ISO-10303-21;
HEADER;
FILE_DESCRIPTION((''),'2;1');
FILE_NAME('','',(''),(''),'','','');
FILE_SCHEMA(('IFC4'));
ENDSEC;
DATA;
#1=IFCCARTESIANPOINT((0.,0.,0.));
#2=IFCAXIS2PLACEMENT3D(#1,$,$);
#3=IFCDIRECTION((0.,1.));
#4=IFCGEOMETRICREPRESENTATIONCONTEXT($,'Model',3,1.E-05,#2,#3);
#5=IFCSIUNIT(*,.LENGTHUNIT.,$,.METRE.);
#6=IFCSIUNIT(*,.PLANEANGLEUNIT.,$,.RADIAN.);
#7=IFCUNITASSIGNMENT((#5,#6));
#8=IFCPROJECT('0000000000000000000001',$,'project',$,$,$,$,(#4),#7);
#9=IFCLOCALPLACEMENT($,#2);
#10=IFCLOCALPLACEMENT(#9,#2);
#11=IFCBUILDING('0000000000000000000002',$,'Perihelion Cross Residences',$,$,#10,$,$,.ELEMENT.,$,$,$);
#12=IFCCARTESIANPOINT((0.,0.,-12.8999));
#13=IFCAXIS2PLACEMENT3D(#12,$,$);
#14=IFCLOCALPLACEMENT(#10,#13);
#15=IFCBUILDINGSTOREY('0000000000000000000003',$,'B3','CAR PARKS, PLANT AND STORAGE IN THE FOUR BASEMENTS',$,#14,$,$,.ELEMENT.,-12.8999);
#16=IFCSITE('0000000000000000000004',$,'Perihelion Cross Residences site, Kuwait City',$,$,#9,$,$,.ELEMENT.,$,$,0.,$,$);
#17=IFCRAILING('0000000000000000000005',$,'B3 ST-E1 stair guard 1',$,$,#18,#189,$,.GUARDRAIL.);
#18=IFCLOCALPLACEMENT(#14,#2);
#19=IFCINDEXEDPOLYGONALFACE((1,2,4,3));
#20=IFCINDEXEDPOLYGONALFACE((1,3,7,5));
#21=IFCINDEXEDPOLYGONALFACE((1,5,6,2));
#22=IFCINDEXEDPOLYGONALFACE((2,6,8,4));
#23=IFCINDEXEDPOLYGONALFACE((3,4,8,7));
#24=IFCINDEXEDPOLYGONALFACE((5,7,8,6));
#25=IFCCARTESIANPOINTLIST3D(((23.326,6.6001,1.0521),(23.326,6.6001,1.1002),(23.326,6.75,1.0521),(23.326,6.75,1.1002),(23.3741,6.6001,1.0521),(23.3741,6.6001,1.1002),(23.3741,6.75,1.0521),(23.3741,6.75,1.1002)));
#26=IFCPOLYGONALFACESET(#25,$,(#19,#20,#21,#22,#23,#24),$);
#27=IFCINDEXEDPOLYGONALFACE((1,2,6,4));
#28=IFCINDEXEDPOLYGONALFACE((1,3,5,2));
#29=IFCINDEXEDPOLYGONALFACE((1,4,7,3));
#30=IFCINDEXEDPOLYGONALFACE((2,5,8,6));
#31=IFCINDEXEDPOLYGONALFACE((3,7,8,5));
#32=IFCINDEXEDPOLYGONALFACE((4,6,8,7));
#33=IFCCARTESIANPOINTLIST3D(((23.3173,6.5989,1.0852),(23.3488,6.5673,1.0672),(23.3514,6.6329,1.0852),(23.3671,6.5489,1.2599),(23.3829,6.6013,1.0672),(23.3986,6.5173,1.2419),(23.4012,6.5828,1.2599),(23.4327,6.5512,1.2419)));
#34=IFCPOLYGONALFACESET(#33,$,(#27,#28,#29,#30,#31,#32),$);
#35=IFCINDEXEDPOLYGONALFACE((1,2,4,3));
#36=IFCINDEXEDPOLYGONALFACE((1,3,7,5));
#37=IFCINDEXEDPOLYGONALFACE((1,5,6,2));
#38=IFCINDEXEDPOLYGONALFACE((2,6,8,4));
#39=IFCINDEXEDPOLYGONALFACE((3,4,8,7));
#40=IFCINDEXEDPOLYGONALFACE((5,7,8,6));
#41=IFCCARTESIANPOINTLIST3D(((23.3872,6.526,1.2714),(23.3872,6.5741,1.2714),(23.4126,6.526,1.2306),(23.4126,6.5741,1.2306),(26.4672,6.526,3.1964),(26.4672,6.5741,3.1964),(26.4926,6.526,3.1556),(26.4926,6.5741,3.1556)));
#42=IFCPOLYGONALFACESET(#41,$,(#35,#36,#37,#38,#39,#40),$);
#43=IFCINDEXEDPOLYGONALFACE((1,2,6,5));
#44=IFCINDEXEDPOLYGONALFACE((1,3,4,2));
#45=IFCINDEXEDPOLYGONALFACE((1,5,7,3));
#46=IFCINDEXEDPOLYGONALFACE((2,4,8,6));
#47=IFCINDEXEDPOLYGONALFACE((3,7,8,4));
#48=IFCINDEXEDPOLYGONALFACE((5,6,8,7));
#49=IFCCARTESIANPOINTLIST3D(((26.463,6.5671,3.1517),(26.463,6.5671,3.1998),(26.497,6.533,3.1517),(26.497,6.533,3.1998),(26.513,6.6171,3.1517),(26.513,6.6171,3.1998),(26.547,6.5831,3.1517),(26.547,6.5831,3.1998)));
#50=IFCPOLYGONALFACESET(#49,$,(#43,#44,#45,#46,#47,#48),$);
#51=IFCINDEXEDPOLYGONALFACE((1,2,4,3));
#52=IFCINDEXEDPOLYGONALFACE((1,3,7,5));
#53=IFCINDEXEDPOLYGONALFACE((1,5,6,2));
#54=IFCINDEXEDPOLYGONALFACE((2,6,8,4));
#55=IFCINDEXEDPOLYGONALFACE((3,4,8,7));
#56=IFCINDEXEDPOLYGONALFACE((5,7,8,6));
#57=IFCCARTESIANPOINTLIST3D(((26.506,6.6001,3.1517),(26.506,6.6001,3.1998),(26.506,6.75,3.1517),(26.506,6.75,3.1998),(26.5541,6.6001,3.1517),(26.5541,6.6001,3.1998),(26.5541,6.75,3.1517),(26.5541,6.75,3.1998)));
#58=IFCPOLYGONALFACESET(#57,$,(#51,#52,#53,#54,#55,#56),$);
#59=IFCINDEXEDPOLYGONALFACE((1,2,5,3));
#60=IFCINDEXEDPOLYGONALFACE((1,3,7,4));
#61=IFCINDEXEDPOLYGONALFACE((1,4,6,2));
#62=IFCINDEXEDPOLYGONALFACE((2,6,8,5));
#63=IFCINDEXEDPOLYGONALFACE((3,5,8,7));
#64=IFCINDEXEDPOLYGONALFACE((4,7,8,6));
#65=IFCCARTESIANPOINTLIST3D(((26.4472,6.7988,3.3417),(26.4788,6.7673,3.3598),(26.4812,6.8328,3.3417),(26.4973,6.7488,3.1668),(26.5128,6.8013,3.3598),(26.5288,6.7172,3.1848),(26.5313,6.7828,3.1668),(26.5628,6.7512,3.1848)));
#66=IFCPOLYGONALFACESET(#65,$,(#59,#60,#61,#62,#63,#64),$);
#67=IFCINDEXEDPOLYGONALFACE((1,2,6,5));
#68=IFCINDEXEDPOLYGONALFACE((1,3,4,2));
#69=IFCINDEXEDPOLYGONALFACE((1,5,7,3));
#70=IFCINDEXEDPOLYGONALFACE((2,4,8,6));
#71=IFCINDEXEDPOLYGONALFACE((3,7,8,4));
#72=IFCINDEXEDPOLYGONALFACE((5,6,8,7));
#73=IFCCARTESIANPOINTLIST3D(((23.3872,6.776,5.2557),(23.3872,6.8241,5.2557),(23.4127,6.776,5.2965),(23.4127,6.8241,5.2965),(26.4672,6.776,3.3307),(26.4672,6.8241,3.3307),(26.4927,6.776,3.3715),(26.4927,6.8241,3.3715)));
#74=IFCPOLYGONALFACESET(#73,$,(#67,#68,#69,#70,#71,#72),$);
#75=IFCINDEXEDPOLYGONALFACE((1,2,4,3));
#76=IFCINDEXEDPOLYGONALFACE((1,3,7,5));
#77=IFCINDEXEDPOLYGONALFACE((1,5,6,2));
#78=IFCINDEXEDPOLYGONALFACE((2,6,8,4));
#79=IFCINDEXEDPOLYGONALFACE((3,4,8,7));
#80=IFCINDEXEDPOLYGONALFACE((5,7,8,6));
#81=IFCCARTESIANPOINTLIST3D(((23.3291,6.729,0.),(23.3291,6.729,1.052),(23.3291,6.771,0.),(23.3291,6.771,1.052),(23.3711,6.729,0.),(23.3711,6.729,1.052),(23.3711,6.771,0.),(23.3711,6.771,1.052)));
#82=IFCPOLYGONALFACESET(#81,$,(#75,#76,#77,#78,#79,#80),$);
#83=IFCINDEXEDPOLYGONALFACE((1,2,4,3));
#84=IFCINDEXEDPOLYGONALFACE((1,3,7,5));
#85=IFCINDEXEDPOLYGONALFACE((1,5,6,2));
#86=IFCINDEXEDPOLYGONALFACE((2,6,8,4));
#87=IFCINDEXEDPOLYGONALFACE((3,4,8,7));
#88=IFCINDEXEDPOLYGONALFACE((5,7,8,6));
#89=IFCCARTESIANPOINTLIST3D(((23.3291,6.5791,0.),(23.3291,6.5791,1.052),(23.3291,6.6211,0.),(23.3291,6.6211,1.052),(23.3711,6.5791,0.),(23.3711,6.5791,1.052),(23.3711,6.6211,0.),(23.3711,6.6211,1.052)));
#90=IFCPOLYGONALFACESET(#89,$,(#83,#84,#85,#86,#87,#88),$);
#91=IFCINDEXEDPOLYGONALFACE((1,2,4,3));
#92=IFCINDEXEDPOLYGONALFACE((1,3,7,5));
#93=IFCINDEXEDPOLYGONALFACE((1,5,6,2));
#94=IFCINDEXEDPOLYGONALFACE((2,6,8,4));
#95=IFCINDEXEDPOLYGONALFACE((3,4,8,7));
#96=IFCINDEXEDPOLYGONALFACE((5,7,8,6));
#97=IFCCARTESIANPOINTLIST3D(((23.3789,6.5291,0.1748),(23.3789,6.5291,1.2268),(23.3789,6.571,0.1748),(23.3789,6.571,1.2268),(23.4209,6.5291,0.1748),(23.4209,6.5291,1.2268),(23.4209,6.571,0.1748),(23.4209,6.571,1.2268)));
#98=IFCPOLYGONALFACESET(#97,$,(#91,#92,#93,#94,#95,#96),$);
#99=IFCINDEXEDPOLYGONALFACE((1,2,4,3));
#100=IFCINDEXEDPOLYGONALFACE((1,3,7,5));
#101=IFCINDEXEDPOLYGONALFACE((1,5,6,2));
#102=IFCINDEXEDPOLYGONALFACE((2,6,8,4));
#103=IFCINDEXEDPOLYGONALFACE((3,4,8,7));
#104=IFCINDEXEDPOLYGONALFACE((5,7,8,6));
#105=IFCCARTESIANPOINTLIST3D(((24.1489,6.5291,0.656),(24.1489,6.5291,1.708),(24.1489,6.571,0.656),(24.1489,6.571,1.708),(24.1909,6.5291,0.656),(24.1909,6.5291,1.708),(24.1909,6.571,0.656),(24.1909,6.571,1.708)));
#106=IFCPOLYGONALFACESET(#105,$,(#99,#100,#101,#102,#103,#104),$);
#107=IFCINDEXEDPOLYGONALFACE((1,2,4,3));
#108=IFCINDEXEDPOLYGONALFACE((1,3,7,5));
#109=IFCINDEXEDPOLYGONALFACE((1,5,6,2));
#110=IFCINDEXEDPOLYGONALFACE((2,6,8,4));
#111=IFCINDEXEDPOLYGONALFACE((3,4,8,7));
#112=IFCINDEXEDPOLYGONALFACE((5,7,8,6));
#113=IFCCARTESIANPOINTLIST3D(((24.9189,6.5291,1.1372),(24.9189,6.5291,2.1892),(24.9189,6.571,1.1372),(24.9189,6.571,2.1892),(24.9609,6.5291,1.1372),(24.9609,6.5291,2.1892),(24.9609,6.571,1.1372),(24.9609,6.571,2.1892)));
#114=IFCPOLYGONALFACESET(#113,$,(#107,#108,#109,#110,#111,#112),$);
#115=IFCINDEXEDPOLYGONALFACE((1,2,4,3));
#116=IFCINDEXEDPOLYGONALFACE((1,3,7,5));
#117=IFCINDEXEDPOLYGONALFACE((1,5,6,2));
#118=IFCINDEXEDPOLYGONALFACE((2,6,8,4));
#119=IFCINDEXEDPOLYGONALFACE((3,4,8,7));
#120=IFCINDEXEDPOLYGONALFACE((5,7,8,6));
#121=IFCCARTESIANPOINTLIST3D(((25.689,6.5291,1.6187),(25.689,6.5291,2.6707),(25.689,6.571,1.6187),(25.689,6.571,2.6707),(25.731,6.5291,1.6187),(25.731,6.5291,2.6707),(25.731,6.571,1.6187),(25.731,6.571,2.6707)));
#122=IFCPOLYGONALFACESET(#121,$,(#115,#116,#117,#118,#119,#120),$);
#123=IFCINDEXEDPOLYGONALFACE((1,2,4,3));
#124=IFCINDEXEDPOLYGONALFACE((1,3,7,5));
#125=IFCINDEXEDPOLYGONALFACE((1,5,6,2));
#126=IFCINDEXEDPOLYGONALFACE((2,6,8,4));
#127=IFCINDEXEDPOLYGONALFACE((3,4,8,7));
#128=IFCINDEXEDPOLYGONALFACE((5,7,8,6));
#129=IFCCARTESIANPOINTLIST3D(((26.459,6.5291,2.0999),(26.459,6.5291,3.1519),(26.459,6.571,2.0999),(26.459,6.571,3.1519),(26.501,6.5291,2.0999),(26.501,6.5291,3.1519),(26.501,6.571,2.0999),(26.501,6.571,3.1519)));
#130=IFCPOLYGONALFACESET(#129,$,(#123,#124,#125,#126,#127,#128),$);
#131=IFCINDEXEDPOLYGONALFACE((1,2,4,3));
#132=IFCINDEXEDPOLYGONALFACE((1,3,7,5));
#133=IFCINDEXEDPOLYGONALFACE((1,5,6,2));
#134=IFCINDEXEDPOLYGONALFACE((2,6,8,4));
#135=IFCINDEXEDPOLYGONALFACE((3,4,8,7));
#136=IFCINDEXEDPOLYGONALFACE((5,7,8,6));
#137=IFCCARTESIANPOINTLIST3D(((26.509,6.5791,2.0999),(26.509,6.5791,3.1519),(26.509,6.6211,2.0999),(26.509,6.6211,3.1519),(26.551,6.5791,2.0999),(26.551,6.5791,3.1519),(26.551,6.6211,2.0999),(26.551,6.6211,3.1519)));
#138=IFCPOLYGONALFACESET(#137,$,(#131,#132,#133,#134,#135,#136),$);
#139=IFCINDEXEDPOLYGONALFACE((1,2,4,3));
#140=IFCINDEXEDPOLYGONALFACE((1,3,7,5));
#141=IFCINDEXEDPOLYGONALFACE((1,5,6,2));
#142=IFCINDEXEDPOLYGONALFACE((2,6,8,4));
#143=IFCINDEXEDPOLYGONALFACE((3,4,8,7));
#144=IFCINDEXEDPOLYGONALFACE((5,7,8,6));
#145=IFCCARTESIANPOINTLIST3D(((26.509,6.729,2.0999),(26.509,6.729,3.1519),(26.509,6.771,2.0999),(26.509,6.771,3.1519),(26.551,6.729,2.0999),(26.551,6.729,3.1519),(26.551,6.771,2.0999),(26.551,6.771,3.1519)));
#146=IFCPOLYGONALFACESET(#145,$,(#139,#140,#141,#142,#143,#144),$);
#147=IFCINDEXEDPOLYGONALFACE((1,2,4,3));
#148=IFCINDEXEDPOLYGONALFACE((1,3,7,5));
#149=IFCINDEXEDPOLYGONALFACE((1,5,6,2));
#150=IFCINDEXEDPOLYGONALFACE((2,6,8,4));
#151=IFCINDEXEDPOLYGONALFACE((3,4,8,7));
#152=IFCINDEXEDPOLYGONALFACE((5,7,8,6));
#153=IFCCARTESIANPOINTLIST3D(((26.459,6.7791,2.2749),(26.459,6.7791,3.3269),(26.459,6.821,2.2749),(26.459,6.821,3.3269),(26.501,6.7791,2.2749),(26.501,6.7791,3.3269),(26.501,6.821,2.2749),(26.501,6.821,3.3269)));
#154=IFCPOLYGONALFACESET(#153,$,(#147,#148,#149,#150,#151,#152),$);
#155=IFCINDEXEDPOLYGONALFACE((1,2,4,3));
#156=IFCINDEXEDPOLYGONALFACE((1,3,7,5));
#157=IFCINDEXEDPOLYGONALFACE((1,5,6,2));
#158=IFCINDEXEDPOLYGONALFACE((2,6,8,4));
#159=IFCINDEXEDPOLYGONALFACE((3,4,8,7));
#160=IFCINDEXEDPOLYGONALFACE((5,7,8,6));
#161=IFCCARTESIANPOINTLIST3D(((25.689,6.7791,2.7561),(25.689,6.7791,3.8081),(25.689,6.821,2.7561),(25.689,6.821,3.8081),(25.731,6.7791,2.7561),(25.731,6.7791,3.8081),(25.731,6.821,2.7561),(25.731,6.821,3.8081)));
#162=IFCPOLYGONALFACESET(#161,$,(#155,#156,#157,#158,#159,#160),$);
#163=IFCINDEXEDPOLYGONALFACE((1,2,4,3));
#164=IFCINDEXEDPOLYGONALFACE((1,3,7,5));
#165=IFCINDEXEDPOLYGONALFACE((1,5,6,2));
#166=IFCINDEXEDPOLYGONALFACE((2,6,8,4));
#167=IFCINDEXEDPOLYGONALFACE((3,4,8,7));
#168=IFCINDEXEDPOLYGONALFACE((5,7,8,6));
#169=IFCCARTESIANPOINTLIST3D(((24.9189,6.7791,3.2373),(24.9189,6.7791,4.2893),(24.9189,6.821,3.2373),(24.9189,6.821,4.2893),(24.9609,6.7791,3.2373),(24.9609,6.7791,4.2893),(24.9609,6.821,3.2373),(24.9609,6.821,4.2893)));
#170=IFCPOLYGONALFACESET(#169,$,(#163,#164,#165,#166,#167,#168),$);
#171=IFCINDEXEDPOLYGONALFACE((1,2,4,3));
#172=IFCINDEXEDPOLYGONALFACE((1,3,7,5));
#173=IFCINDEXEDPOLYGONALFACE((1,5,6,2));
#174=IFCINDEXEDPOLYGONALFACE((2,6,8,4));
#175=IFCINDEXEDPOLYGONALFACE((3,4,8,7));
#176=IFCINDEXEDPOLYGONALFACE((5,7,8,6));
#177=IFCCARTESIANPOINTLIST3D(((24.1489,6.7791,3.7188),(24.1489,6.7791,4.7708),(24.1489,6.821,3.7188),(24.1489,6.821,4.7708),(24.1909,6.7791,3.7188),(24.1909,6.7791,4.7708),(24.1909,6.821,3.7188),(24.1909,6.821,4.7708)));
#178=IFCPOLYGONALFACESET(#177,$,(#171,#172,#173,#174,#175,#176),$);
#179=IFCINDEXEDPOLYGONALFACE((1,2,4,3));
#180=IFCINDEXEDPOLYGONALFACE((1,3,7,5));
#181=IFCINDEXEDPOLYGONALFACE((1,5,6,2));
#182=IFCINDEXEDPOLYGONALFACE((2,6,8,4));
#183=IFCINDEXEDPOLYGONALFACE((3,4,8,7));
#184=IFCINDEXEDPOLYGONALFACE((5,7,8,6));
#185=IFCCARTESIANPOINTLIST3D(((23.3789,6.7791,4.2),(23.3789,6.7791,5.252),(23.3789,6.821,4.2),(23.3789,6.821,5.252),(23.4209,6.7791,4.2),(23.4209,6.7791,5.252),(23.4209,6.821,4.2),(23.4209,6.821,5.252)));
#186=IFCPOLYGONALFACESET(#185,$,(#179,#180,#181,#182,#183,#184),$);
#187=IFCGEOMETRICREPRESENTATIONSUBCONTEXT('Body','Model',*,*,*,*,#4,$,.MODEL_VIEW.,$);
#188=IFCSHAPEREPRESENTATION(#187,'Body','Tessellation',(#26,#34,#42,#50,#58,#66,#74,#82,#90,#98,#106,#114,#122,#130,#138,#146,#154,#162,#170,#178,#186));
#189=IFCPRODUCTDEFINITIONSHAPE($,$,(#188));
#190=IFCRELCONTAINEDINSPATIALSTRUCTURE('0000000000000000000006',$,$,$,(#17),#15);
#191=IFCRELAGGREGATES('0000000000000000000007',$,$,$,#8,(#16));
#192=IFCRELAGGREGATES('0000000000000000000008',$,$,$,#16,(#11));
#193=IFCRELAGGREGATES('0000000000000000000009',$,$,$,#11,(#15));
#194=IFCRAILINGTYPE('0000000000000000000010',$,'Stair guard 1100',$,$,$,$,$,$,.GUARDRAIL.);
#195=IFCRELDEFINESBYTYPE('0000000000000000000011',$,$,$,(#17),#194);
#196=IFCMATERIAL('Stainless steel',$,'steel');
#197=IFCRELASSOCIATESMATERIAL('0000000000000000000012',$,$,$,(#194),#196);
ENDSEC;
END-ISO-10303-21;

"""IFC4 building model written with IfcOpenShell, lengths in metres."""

from ifc_helpers import new_model, si_unit, direction, frame, origin, origin_2d, place, context, subcontext, project, spatial, rectangle, extrude, material, type_object, element, save


model = new_model("IFC4")

# Units and contexts
model_context = context("Model", 3, precision=1e-05, world=origin(), true_north=direction((0.0, 1.0)))
body_context = subcontext(model_context, "Body", "Model", "MODEL_VIEW")
ifc_project = project(units=[si_unit("LENGTHUNIT", "METRE"), si_unit("PLANEANGLEUNIT", "RADIAN")], contexts=[model_context])

# Site, building, storey
site_placement = place(None, origin())
site = spatial("IfcSite", under=ifc_project, at=site_placement, Name="Perihelion Cross Residences site, Kuwait City", CompositionType="ELEMENT", RefElevation=0.0)
building_placement = place(site_placement, origin())
building = spatial("IfcBuilding", under=site, at=building_placement, Name="Perihelion Cross Residences", CompositionType="ELEMENT")
storey_placement = place(building_placement, frame((0.0, 0.0, -12.8999)))
storey = spatial("IfcBuildingStorey", under=building, at=storey_placement, Name="B3", Description="CAR PARKS, PLANT AND STORAGE IN THE FOUR BASEMENTS", CompositionType="ELEMENT", Elevation=-12.8999)

# Railing
ifc_material_1 = material(Name="Stainless steel", Category="steel")
railing_type = type_object("IfcRailingType", Name="Stair guard 1100", PredefinedType="GUARDRAIL", material=ifc_material_1)
railing_placement = place(storey_placement, frame((23.3501, 6.75, 0.0)))
element("IfcRailing", 1, at=railing_placement, inside=storey, type_object=railing_type, Name="B3 ST-E1 stair guard 1", PredefinedType="GUARDRAIL", context=body_context, shape_type="SweptSolid", body=[
    extrude(rectangle(XDim=0.0481, YDim=0.0481, at=origin_2d()), frame((0.0, 0.0, 1.0762), z_axis=(0.0, -1.0, 0.0), x_axis=(1.0, 0.0, 0.0)), (0.0, 0.0, 1.0), 0.1499),
    extrude(rectangle(XDim=0.0481, YDim=0.0481, at=origin_2d()), frame((0.0, -0.1499, 1.0762), z_axis=(0.264179, -0.265474, 0.927218), x_axis=(0.708834, 0.705376, 0.0)), (0.0, 0.0, 1.0), 0.1885),
    extrude(rectangle(XDim=0.0481, YDim=0.0481, at=origin_2d()), frame((0.0498, -0.2, 1.251), z_axis=(0.847998, 0.0, 0.529999), x_axis=(0.0, 1.0, 0.0)), (0.0, 0.0, 1.0), 3.6321),
    extrude(rectangle(XDim=0.0481, YDim=0.0481, at=origin_2d()), frame((3.1299, -0.2, 3.1758), z_axis=(0.707107, 0.707107, 0.0), x_axis=(-0.707107, 0.707107, 0.0)), (0.0, 0.0, 1.0), 0.0708),
    extrude(rectangle(XDim=0.0481, YDim=0.0481, at=origin_2d()), frame((3.1799, -0.1499, 3.1758), z_axis=(0.0, 1.0, 0.0), x_axis=(-1.0, 0.0, 0.0)), (0.0, 0.0, 1.0), 0.1499),
    extrude(rectangle(XDim=0.0481, YDim=0.0481, at=origin_2d()), frame((3.1799, 0.0, 3.1758), z_axis=(-0.265065, 0.265065, 0.927082), x_axis=(-0.707107, -0.707107, 0.0)), (0.0, 0.0, 1.0), 0.1887),
    extrude(rectangle(XDim=0.0481, YDim=0.0481, at=origin_2d()), frame((3.1299, 0.05, 3.3511), z_axis=(-0.847998, 0.0, 0.529999), x_axis=(0.0, -1.0, 0.0)), (0.0, 0.0, 1.0), 3.6321),
    extrude(rectangle(XDim=0.042, YDim=0.042, at=origin_2d()), origin(), (0.0, 0.0, 1.0), 1.052),
    extrude(rectangle(XDim=0.042, YDim=0.042, at=origin_2d()), frame((0.0, -0.1499, 0.0)), (0.0, 0.0, 1.0), 1.052),
    extrude(rectangle(XDim=0.042, YDim=0.042, at=origin_2d()), frame((0.0498, -0.2, 0.1748)), (0.0, 0.0, 1.0), 1.052),
    extrude(rectangle(XDim=0.042, YDim=0.042, at=origin_2d()), frame((0.8198, -0.2, 0.656)), (0.0, 0.0, 1.0), 1.052),
    extrude(rectangle(XDim=0.042, YDim=0.042, at=origin_2d()), frame((1.5898, -0.2, 1.1372)), (0.0, 0.0, 1.0), 1.052),
    extrude(rectangle(XDim=0.042, YDim=0.042, at=origin_2d()), frame((2.3599, -0.2, 1.6187)), (0.0, 0.0, 1.0), 1.052),
    extrude(rectangle(XDim=0.042, YDim=0.042, at=origin_2d()), frame((3.1299, -0.2, 2.0999)), (0.0, 0.0, 1.0), 1.052),
    extrude(rectangle(XDim=0.042, YDim=0.042, at=origin_2d()), frame((3.1799, -0.1499, 2.0999)), (0.0, 0.0, 1.0), 1.052),
    extrude(rectangle(XDim=0.042, YDim=0.042, at=origin_2d()), frame((3.1799, 0.0, 2.0999)), (0.0, 0.0, 1.0), 1.052),
    extrude(rectangle(XDim=0.042, YDim=0.042, at=origin_2d()), frame((3.1299, 0.05, 2.2749)), (0.0, 0.0, 1.0), 1.052),
    extrude(rectangle(XDim=0.042, YDim=0.042, at=origin_2d()), frame((2.3599, 0.05, 2.7561)), (0.0, 0.0, 1.0), 1.052),
    extrude(rectangle(XDim=0.042, YDim=0.042, at=origin_2d()), frame((1.5898, 0.05, 3.2373)), (0.0, 0.0, 1.0), 1.052),
    extrude(rectangle(XDim=0.042, YDim=0.042, at=origin_2d()), frame((0.8198, 0.05, 3.7188)), (0.0, 0.0, 1.0), 1.052),
    extrude(rectangle(XDim=0.042, YDim=0.042, at=origin_2d()), frame((0.0498, 0.05, 4.2)), (0.0, 0.0, 1.0), 1.052),
])

save(model, "model.ifc")
